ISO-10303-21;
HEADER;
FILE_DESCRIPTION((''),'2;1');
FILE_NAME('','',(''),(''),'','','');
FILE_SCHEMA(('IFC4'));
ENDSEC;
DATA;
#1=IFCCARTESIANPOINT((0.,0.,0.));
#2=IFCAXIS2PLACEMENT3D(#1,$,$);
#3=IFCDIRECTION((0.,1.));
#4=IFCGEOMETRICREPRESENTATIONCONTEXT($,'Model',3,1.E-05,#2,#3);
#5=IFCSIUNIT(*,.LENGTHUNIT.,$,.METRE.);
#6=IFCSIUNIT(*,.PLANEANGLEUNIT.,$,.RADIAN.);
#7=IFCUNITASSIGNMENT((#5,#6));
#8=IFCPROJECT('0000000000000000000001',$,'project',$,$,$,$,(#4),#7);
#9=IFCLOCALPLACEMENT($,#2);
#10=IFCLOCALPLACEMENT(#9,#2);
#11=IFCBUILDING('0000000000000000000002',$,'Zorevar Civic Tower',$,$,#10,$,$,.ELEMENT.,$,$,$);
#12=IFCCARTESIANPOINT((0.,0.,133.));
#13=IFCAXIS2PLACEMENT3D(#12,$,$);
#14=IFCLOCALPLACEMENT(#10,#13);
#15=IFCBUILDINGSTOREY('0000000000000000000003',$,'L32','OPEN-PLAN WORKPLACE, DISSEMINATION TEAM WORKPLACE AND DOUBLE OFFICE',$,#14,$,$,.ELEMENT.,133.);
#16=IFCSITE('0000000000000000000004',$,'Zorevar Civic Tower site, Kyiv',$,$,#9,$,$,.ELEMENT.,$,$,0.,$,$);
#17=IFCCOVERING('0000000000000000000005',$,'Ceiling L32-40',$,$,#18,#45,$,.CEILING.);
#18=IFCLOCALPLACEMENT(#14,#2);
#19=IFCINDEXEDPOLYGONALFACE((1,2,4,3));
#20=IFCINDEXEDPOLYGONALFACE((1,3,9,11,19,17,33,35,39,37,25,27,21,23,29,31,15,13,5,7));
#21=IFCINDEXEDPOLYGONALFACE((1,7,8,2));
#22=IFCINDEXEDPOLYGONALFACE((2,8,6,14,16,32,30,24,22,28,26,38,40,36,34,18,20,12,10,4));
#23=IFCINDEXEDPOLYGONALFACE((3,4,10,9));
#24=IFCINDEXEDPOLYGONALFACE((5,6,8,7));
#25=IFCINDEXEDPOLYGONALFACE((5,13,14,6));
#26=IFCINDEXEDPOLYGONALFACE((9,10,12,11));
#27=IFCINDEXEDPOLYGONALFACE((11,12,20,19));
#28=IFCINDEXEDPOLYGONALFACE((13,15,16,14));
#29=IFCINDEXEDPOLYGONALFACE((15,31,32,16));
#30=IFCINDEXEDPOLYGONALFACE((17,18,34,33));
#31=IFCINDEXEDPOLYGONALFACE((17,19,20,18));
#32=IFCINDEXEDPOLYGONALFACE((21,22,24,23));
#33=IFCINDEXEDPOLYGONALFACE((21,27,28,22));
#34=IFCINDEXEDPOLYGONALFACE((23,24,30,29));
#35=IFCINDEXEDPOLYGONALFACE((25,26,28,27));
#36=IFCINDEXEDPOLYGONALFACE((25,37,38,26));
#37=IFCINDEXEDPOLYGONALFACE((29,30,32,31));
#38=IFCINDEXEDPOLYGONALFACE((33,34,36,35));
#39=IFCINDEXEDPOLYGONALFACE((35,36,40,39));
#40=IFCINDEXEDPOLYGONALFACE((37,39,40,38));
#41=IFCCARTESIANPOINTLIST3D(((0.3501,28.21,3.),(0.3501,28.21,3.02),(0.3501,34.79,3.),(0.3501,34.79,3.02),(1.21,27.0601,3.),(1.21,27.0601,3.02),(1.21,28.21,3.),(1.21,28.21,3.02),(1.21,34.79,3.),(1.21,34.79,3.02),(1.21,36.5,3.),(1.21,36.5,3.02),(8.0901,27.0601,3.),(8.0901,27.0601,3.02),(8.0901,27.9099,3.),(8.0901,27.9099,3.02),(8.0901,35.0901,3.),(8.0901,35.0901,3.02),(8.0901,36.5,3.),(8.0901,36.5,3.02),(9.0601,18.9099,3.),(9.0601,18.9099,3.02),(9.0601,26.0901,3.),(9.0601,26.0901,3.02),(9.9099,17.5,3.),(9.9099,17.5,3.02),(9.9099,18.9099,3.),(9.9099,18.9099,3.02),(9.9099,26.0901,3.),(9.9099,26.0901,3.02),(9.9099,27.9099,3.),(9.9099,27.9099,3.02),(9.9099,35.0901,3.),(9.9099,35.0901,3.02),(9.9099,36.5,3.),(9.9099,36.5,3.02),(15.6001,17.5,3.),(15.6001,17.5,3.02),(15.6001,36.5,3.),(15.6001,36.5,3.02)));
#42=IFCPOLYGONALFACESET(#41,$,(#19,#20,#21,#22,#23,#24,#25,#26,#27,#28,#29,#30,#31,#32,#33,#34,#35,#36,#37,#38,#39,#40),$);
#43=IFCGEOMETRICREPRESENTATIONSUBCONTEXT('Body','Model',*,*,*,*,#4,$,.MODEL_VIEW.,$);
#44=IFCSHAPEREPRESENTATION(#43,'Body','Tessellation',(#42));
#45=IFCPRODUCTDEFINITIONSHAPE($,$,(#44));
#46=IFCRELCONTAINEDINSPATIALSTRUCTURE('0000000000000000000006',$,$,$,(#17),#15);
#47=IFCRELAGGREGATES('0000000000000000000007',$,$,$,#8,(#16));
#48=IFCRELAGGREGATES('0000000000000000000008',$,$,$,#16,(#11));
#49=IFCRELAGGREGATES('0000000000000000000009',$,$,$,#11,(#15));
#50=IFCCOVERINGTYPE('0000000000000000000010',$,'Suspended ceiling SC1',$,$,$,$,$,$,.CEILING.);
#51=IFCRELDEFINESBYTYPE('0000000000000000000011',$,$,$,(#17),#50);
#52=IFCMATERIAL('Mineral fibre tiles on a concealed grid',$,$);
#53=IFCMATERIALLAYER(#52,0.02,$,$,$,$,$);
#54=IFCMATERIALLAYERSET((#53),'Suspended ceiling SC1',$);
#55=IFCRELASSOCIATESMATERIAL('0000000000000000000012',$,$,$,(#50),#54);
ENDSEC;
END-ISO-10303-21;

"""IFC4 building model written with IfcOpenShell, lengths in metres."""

from ifc_helpers import new_model, si_unit, direction, frame, origin, place, context, subcontext, project, spatial, polyline, outline, extrude, material, layer, layer_set, type_object, element, save


model = new_model("IFC4")

# Units and contexts
model_context = context("Model", 3, precision=1e-05, world=origin(), true_north=direction((0.0, 1.0)))
body_context = subcontext(model_context, "Body", "Model", "MODEL_VIEW")
ifc_project = project(units=[si_unit("LENGTHUNIT", "METRE"), si_unit("PLANEANGLEUNIT", "RADIAN")], contexts=[model_context])

# Site, building, storey
site_placement = place(None, origin())
site = spatial("IfcSite", under=ifc_project, at=site_placement, Name="Zorevar Civic Tower site, Kyiv", CompositionType="ELEMENT", RefElevation=0.0)
building_placement = place(site_placement, origin())
building = spatial("IfcBuilding", under=site, at=building_placement, Name="Zorevar Civic Tower", CompositionType="ELEMENT")
storey_placement = place(building_placement, frame((0.0, 0.0, 133.0)))
storey = spatial("IfcBuildingStorey", under=building, at=storey_placement, Name="L32", Description="OPEN-PLAN WORKPLACE, DISSEMINATION TEAM WORKPLACE AND DOUBLE OFFICE", CompositionType="ELEMENT", Elevation=133.0)

# Covering
ifc_material_1 = material(Name="Mineral fibre tiles on a concealed grid")
ifc_layer_1 = layer(ifc_material_1, 0.02)
ifc_layer_set_1 = layer_set([ifc_layer_1], Name="Suspended ceiling SC1")
covering_type_1 = type_object("IfcCoveringType", Name="Suspended ceiling SC1", PredefinedType="CEILING", material=ifc_layer_set_1)
covering_1_placement = place(storey_placement, frame((0.0, 0.0, 3.0)))
element("IfcCovering", 1, at=covering_1_placement, inside=storey, type_object=covering_type_1, Name="Ceiling L32-40", PredefinedType="CEILING", context=body_context, shape_type="SweptSolid", body=[
    extrude(outline(polyline([(1.21, 28.21), (0.3501, 28.21), (0.3501, 34.79), (1.21, 34.79), (1.21, 36.5), (8.0901, 36.5), (8.0901, 35.0901), (9.9099, 35.0901), (9.9099, 36.5), (15.6001, 36.5), (15.6001, 17.5), (9.9099, 17.5), (9.9099, 18.9099), (9.0601, 18.9099), (9.0601, 26.0901), (9.9099, 26.0901), (9.9099, 27.9099), (8.0901, 27.9099), (8.0901, 27.0601), (1.21, 27.0601), (1.21, 28.21)])), origin(), (0.0, 0.0, 1.0), 0.02),
])

save(model, "model.ifc")
